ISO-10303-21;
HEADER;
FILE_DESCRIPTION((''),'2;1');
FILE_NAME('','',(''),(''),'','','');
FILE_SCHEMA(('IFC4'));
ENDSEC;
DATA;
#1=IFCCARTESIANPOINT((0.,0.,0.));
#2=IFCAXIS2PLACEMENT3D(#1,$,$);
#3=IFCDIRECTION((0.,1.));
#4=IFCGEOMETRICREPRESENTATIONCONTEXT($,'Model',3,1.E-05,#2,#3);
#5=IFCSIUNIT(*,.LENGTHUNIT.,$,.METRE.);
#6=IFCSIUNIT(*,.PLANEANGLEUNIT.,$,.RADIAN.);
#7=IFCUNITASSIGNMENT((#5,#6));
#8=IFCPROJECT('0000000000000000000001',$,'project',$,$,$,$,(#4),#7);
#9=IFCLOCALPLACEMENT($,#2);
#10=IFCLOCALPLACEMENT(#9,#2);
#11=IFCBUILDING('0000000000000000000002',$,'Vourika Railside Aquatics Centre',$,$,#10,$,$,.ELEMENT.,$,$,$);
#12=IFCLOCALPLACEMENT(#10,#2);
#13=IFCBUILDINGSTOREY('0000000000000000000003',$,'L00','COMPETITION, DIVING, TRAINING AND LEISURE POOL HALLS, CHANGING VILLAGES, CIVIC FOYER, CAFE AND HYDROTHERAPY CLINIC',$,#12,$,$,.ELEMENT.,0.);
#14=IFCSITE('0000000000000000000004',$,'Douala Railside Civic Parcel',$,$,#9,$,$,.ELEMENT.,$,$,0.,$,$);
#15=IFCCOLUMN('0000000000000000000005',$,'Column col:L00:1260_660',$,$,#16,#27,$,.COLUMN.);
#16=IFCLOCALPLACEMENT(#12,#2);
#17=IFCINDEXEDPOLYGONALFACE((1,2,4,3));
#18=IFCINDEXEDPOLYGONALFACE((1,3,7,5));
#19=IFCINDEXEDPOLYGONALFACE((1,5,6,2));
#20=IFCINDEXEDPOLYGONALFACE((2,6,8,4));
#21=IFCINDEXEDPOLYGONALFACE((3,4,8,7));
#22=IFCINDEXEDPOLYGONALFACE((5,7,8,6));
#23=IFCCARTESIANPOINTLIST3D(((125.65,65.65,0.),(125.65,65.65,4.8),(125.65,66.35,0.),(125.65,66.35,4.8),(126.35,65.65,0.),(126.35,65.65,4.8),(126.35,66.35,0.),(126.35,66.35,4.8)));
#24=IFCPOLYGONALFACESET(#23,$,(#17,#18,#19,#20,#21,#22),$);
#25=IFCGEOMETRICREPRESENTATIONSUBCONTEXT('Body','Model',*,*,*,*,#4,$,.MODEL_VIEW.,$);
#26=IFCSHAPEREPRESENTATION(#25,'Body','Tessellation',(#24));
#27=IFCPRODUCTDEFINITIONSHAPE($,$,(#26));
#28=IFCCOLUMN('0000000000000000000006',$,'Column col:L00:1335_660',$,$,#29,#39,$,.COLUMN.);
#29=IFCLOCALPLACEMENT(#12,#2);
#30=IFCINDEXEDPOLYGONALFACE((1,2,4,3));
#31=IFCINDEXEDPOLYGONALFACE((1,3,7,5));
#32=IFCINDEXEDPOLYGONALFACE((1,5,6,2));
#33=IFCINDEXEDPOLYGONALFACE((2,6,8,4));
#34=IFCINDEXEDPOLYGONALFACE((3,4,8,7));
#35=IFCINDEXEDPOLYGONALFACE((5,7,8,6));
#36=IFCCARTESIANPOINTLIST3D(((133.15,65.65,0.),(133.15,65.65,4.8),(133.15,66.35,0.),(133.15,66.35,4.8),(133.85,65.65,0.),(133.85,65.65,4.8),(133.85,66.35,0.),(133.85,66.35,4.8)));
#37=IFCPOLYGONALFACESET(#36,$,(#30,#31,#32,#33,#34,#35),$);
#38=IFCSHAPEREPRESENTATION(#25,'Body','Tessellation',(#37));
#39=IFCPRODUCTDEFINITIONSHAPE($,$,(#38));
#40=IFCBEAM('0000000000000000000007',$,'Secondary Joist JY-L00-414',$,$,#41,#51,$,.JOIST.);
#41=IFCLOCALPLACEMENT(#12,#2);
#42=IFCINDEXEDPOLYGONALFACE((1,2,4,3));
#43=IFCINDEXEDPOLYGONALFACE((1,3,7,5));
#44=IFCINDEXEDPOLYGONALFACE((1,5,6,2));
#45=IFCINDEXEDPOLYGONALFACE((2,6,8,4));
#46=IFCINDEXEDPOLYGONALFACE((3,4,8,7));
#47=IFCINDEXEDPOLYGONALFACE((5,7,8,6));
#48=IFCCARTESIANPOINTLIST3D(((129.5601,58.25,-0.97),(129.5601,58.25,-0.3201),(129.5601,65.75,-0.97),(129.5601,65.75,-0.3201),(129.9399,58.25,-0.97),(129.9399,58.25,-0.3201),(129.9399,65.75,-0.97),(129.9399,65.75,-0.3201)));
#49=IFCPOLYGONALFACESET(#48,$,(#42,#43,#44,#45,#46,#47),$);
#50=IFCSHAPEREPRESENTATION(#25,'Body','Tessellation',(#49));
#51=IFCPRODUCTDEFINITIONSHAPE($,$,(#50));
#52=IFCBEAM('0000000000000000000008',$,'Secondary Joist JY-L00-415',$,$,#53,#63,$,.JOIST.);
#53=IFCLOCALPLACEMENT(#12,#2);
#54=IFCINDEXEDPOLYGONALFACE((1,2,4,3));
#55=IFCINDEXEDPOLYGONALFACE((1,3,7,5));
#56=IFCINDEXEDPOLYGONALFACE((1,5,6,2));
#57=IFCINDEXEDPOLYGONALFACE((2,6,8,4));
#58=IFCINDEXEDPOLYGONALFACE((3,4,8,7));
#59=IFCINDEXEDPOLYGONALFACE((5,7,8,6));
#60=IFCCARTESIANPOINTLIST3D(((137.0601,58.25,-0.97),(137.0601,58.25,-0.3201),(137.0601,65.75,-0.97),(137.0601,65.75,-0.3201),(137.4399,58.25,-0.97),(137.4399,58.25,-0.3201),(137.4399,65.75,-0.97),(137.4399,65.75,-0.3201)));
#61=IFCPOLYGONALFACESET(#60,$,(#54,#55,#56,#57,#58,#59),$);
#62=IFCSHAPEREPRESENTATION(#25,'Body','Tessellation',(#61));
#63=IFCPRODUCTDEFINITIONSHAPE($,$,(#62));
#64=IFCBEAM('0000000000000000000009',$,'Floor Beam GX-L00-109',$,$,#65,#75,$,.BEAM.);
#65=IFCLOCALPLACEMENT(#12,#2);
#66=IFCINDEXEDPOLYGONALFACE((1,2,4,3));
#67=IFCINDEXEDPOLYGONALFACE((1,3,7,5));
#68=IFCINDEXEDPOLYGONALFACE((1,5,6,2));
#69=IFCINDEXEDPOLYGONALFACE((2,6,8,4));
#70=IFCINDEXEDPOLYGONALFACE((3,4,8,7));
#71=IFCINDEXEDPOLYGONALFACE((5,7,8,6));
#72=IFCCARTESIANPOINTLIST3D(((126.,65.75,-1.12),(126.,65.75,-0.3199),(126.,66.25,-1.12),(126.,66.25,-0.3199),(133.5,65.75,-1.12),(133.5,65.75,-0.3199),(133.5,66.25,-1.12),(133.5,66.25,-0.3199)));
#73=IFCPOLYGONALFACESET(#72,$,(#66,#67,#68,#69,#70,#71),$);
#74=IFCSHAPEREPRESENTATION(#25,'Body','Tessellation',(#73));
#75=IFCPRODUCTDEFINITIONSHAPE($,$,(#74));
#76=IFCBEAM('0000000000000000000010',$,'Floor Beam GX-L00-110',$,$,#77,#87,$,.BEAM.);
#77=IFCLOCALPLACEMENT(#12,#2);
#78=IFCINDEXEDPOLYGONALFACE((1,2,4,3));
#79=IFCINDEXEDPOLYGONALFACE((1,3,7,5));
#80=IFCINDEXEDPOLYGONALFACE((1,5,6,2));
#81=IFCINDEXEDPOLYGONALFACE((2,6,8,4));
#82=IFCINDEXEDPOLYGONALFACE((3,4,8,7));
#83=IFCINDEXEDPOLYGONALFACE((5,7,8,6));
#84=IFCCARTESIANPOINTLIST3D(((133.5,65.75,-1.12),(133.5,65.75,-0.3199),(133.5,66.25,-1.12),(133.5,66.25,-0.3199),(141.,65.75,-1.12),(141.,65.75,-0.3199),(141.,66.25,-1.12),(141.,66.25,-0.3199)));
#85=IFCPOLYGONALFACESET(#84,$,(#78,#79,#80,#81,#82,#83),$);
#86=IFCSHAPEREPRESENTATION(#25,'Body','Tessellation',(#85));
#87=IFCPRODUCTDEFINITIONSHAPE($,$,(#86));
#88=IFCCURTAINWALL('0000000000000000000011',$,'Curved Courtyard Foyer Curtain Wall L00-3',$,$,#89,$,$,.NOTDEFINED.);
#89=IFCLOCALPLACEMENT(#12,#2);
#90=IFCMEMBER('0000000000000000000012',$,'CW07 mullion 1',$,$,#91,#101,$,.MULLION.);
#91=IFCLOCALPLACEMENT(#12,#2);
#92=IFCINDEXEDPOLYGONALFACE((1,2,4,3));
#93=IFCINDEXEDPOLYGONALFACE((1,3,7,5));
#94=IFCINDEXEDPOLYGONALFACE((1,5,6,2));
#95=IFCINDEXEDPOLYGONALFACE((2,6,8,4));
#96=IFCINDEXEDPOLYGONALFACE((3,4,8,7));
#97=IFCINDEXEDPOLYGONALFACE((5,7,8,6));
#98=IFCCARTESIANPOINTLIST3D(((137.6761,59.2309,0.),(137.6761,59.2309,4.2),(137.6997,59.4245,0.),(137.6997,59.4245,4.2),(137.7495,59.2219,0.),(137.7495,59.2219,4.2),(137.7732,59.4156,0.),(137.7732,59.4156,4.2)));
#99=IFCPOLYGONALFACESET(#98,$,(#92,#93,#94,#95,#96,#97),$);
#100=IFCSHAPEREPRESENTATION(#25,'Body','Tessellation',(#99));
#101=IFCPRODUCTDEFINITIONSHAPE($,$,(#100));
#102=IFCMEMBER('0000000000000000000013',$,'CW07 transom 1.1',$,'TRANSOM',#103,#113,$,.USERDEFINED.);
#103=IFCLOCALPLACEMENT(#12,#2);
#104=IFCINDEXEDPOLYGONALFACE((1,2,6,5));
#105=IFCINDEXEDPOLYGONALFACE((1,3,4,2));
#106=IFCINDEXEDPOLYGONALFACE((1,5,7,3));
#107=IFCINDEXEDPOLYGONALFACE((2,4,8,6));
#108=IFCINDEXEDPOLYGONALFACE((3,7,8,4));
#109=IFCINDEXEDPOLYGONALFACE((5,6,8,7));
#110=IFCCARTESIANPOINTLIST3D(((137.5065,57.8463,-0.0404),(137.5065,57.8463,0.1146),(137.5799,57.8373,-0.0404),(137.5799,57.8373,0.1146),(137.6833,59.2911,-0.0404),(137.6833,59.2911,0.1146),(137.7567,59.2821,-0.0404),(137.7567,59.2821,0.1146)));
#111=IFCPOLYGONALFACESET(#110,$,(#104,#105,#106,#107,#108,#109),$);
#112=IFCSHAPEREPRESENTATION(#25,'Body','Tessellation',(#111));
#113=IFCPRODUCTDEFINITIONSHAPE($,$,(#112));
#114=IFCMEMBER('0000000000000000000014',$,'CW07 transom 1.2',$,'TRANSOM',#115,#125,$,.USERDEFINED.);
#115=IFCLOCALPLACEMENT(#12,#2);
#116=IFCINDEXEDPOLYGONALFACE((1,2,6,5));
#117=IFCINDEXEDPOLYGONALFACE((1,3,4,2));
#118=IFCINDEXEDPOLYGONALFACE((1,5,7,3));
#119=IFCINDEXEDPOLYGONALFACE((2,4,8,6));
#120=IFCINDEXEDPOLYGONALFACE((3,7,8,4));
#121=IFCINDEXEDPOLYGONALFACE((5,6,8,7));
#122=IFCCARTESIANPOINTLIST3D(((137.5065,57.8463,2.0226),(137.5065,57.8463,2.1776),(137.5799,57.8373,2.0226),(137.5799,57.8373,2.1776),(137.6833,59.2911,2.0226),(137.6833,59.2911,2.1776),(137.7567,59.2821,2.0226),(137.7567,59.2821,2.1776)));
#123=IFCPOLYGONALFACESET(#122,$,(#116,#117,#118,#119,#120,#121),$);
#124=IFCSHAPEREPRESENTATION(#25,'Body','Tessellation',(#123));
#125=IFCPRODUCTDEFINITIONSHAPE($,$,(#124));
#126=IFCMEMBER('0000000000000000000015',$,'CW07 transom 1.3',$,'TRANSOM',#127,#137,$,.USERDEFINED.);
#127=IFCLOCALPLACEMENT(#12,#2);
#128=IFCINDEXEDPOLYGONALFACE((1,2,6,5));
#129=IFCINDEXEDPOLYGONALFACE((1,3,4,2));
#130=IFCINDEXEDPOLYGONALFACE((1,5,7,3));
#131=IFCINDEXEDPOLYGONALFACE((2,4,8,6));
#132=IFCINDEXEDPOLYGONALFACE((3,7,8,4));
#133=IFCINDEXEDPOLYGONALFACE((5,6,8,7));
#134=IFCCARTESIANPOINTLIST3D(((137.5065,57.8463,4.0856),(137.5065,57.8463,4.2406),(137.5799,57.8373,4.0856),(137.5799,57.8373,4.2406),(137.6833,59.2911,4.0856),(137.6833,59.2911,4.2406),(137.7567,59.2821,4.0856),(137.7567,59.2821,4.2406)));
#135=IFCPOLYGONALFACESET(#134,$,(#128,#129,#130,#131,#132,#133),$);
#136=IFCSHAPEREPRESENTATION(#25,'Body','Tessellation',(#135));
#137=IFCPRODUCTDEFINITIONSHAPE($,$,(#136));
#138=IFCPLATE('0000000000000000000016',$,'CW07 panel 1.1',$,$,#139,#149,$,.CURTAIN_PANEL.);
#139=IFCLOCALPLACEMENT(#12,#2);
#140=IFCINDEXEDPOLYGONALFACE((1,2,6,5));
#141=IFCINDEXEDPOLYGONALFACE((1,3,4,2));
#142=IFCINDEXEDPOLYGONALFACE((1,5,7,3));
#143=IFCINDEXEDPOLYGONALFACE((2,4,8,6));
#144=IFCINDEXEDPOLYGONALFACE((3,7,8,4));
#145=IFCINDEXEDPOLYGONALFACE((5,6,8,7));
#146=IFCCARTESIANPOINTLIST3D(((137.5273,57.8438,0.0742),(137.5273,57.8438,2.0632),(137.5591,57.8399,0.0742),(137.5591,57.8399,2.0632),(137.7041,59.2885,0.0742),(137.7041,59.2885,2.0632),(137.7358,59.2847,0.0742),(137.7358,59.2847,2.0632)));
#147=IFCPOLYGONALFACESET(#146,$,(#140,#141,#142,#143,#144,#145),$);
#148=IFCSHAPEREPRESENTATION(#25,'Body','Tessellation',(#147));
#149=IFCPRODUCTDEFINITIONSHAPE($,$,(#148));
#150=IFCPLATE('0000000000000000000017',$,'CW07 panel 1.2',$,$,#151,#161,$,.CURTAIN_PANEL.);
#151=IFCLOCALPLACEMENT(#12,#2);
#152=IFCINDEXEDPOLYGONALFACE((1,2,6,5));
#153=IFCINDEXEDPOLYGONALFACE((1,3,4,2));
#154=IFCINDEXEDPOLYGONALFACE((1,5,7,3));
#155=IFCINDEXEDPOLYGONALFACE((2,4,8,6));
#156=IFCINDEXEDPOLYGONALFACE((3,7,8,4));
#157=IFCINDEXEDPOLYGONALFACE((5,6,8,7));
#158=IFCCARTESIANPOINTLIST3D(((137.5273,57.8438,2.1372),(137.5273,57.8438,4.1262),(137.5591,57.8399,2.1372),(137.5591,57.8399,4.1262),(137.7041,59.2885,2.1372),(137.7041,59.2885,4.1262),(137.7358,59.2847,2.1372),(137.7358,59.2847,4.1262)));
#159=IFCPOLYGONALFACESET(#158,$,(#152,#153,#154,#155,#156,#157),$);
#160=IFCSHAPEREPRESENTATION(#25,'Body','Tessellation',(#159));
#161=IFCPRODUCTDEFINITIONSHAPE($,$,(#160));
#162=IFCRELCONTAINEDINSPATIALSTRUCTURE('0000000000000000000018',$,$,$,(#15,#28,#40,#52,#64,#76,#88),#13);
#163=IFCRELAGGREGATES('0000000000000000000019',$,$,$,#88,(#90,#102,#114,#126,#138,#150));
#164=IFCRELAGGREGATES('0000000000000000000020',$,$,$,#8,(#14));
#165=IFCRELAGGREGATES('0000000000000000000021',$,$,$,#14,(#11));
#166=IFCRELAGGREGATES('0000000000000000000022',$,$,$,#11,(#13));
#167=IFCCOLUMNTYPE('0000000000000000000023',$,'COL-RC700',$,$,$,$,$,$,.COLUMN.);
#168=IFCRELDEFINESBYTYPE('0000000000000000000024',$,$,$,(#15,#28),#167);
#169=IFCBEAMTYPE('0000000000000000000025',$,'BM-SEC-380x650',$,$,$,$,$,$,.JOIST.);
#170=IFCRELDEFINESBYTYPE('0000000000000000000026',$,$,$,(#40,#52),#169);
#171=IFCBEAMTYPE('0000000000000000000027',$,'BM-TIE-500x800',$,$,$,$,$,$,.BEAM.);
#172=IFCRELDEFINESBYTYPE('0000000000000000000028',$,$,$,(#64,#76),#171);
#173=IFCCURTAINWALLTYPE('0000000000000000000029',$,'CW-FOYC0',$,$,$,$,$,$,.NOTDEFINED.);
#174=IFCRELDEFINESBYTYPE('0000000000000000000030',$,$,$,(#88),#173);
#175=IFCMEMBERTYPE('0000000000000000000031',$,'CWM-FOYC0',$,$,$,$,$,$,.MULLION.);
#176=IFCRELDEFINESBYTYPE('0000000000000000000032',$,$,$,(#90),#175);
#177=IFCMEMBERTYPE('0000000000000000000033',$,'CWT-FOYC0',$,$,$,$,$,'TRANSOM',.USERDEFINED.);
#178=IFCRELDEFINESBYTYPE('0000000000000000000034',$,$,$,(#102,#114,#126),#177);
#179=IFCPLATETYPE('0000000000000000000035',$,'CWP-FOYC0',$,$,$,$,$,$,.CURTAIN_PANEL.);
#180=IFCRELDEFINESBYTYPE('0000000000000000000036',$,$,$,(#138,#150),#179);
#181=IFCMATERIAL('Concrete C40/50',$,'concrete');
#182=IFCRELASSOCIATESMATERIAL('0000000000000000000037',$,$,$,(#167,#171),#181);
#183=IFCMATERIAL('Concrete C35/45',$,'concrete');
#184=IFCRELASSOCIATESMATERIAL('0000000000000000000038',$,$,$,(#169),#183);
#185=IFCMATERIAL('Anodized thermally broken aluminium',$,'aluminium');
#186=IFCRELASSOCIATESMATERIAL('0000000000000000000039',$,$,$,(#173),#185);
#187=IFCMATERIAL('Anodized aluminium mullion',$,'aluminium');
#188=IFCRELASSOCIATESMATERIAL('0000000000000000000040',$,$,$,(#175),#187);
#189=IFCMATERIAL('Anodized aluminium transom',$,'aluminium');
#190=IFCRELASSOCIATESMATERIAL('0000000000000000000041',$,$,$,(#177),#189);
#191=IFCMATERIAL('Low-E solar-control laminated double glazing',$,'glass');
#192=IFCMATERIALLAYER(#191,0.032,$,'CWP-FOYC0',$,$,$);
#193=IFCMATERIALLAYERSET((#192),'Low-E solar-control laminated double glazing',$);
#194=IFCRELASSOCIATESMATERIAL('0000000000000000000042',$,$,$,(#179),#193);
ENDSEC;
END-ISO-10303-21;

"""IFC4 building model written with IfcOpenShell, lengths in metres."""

from ifc_helpers import new_model, si_unit, direction, frame, origin, origin_2d, place, context, subcontext, project, spatial, rectangle, extrude, material, layer, layer_set, material_profile, profile_set, type_object, element, aggregate, save


model = new_model("IFC4")

# Units and contexts
model_context = context("Model", 3, precision=1e-05, world=origin(), true_north=direction((0.0, 1.0)))
body_context = subcontext(model_context, "Body", "Model", "MODEL_VIEW")
ifc_project = project(units=[si_unit("LENGTHUNIT", "METRE"), si_unit("PLANEANGLEUNIT", "RADIAN")], contexts=[model_context])

# Site, building, storey
site_placement = place(None, origin())
site = spatial("IfcSite", under=ifc_project, at=site_placement, Name="Douala Railside Civic Parcel", CompositionType="ELEMENT", RefElevation=0.0)
building_placement = place(site_placement, origin())
building = spatial("IfcBuilding", under=site, at=building_placement, Name="Vourika Railside Aquatics Centre", CompositionType="ELEMENT")
storey_placement = place(building_placement, origin())
storey = spatial("IfcBuildingStorey", under=building, at=storey_placement, Name="L00", Description="COMPETITION, DIVING, TRAINING AND LEISURE POOL HALLS, CHANGING VILLAGES, CIVIC FOYER, CAFE AND HYDROTHERAPY CLINIC", CompositionType="ELEMENT", Elevation=0.0)

# Columns
ifc_material_1 = material(Name="Concrete C40/50", Category="concrete")
ifc_material_profile_1 = material_profile(ifc_material_1, rectangle(XDim=0.7, YDim=0.7, at=origin_2d()), Name="RC 700x700")
ifc_profile_set_1 = profile_set([ifc_material_profile_1], Name="Concrete C40/50")
column_type = type_object("IfcColumnType", Name="COL-RC700", PredefinedType="COLUMN", material=ifc_profile_set_1)
for number, where, z_axis, x_axis, name in (
    (1, (126.0, 66.0, 0.0), (0.0, 0.0, 1.0), (1.0, 0.0, 0.0), "Column col:L00:1260_660"),
    (2, (133.5, 66.0, 0.0), (0.0, 0.0, 1.0), (1.0, 0.0, 0.0), "Column col:L00:1335_660"),
):
    element("IfcColumn", number, at=place(storey_placement, frame(where, z_axis=z_axis, x_axis=x_axis)), inside=storey, type_object=column_type, Name=name, PredefinedType="COLUMN", context=body_context, shape_type="SweptSolid", body=[
        extrude(rectangle(XDim=0.7, YDim=0.7, at=origin_2d()), origin(), (0.0, 0.0, 1.0), 4.8),
    ])

# Beams
ifc_material_2 = material(Name="Concrete C35/45", Category="concrete")
ifc_material_profile_2 = material_profile(ifc_material_2, rectangle(XDim=0.3799, YDim=0.6499, at=origin_2d()), Name="RC 380x650")
ifc_profile_set_2 = profile_set([ifc_material_profile_2], Name="Concrete C35/45")
beam_type_1 = type_object("IfcBeamType", Name="BM-SEC-380x650", PredefinedType="JOIST", material=ifc_profile_set_2)
for number, where, z_axis, x_axis, name in (
    (3, (129.75, 58.25, -0.645), (0.0, 1.0, 0.0), (-1.0, 0.0, 0.0), "Secondary Joist JY-L00-414"),
    (4, (137.25, 58.25, -0.645), (0.0, 1.0, 0.0), (-1.0, 0.0, 0.0), "Secondary Joist JY-L00-415"),
):
    element("IfcBeam", number, at=place(storey_placement, frame(where, z_axis=z_axis, x_axis=x_axis)), inside=storey, type_object=beam_type_1, Name=name, PredefinedType="JOIST", context=body_context, shape_type="SweptSolid", body=[
        extrude(rectangle(XDim=0.3799, YDim=0.6499, at=origin_2d()), origin(), (0.0, 0.0, 1.0), 7.5),
    ])
ifc_material_profile_3 = material_profile(ifc_material_1, rectangle(XDim=0.5, YDim=0.8, at=origin_2d()), Name="RC 500x800")
ifc_profile_set_3 = profile_set([ifc_material_profile_3], Name="Concrete C40/50")
beam_type_2 = type_object("IfcBeamType", Name="BM-TIE-500x800", PredefinedType="BEAM", material=ifc_profile_set_3)
for number, where, z_axis, x_axis, name in (
    (5, (126.0, 66.0, -0.72), (1.0, 0.0, 0.0), (0.0, 1.0, 0.0), "Floor Beam GX-L00-109"),
    (6, (133.5, 66.0, -0.72), (1.0, 0.0, 0.0), (0.0, 1.0, 0.0), "Floor Beam GX-L00-110"),
):
    element("IfcBeam", number, at=place(storey_placement, frame(where, z_axis=z_axis, x_axis=x_axis)), inside=storey, type_object=beam_type_2, Name=name, PredefinedType="BEAM", context=body_context, shape_type="SweptSolid", body=[
        extrude(rectangle(XDim=0.5, YDim=0.8, at=origin_2d()), origin(), (0.0, 0.0, 1.0), 7.5),
    ])

# Curtain wall, members, plates
ifc_material_3 = material(Name="Anodized thermally broken aluminium", Category="aluminium")
curtain_wall_type = type_object("IfcCurtainWallType", Name="CW-FOYC0", PredefinedType="NOTDEFINED", material=ifc_material_3)
curtain_wall_placement = place(storey_placement, origin())
curtain_wall = element("IfcCurtainWall", 7, at=curtain_wall_placement, inside=storey, type_object=curtain_wall_type, Name="Curved Courtyard Foyer Curtain Wall L00-3", PredefinedType="NOTDEFINED")
ifc_material_4 = material(Name="Anodized aluminium mullion", Category="aluminium")
ifc_material_profile_4 = material_profile(ifc_material_4, rectangle(XDim=0.074, YDim=0.1951, at=origin_2d()), Name="ALU-M 74x195")
ifc_profile_set_4 = profile_set([ifc_material_profile_4], Name="Anodized aluminium mullion")
member_type_1 = type_object("IfcMemberType", Name="CWM-FOYC0", PredefinedType="MULLION", material=ifc_profile_set_4)
member_1_placement = place(storey_placement, frame((137.7246, 59.3232, 0.0), z_axis=(0.0, 0.0, 1.0), x_axis=(0.992599, -0.121442, 0.0)))
member_1 = element("IfcMember", 8, at=member_1_placement, type_object=member_type_1, Name="CW07 mullion 1", PredefinedType="MULLION", context=body_context, shape_type="SweptSolid", body=[
    extrude(rectangle(XDim=0.074, YDim=0.1951, at=origin_2d()), origin(), (0.0, 0.0, 1.0), 4.2),
])
ifc_material_5 = material(Name="Anodized aluminium transom", Category="aluminium")
ifc_material_profile_5 = material_profile(ifc_material_5, rectangle(XDim=0.074, YDim=0.155, at=origin_2d()), Name="ALU-T 74x155")
ifc_profile_set_5 = profile_set([ifc_material_profile_5], Name="Anodized aluminium transom")
member_type_2 = type_object("IfcMemberType", Name="CWT-FOYC0", ElementType="TRANSOM", PredefinedType="USERDEFINED", material=ifc_profile_set_5)
member_2_placement = place(storey_placement, frame((137.72, 59.2866, 0.0371), z_axis=(-0.121433, -0.9926, 0.0), x_axis=(0.9926, -0.121433, 0.0)))
member_2 = element("IfcMember", 9, at=member_2_placement, type_object=member_type_2, Name="CW07 transom 1.1", ObjectType="TRANSOM", PredefinedType="USERDEFINED", context=body_context, shape_type="SweptSolid", body=[
    extrude(rectangle(XDim=0.074, YDim=0.155, at=origin_2d()), origin(), (0.0, 0.0, 1.0), 1.4556),
])
member_3_placement = place(storey_placement, frame((137.72, 59.2866, 2.1001), z_axis=(-0.121433, -0.9926, 0.0), x_axis=(0.9926, -0.121433, 0.0)))
member_3 = element("IfcMember", 10, at=member_3_placement, type_object=member_type_2, Name="CW07 transom 1.2", ObjectType="TRANSOM", PredefinedType="USERDEFINED", context=body_context, shape_type="SweptSolid", body=[
    extrude(rectangle(XDim=0.074, YDim=0.155, at=origin_2d()), origin(), (0.0, 0.0, 1.0), 1.4556),
])
member_4_placement = place(storey_placement, frame((137.72, 59.2866, 4.1631), z_axis=(-0.121433, -0.9926, 0.0), x_axis=(0.9926, -0.121433, 0.0)))
member_4 = element("IfcMember", 11, at=member_4_placement, type_object=member_type_2, Name="CW07 transom 1.3", ObjectType="TRANSOM", PredefinedType="USERDEFINED", context=body_context, shape_type="SweptSolid", body=[
    extrude(rectangle(XDim=0.074, YDim=0.155, at=origin_2d()), origin(), (0.0, 0.0, 1.0), 1.4556),
])
ifc_material_6 = material(Name="Low-E solar-control laminated double glazing", Category="glass")
ifc_layer_1 = layer(ifc_material_6, 0.032, Name="CWP-FOYC0")
ifc_layer_set_1 = layer_set([ifc_layer_1], Name="Low-E solar-control laminated double glazing")
plate_type = type_object("IfcPlateType", Name="CWP-FOYC0", PredefinedType="CURTAIN_PANEL", material=ifc_layer_set_1)
plate_1_placement = place(storey_placement, frame((137.6316, 58.5642, 0.0742), z_axis=(0.0, 0.0, 1.0), x_axis=(-0.121442, -0.992599, 0.0)))
plate_1 = element("IfcPlate", 12, at=plate_1_placement, type_object=plate_type, Name="CW07 panel 1.1", PredefinedType="CURTAIN_PANEL", context=body_context, shape_type="SweptSolid", body=[
    extrude(rectangle(XDim=1.4556, YDim=0.032, at=origin_2d()), origin(), (0.0, 0.0, 1.0), 1.989),
])
plate_2_placement = place(storey_placement, frame((137.6316, 58.5642, 2.1372), z_axis=(0.0, 0.0, 1.0), x_axis=(-0.121442, -0.992599, 0.0)))
plate_2 = element("IfcPlate", 13, at=plate_2_placement, type_object=plate_type, Name="CW07 panel 1.2", PredefinedType="CURTAIN_PANEL", context=body_context, shape_type="SweptSolid", body=[
    extrude(rectangle(XDim=1.4556, YDim=0.032, at=origin_2d()), origin(), (0.0, 0.0, 1.0), 1.989),
])
aggregate(curtain_wall, [member_1, member_2, member_3, member_4, plate_1, plate_2])

save(model, "model.ifc")
